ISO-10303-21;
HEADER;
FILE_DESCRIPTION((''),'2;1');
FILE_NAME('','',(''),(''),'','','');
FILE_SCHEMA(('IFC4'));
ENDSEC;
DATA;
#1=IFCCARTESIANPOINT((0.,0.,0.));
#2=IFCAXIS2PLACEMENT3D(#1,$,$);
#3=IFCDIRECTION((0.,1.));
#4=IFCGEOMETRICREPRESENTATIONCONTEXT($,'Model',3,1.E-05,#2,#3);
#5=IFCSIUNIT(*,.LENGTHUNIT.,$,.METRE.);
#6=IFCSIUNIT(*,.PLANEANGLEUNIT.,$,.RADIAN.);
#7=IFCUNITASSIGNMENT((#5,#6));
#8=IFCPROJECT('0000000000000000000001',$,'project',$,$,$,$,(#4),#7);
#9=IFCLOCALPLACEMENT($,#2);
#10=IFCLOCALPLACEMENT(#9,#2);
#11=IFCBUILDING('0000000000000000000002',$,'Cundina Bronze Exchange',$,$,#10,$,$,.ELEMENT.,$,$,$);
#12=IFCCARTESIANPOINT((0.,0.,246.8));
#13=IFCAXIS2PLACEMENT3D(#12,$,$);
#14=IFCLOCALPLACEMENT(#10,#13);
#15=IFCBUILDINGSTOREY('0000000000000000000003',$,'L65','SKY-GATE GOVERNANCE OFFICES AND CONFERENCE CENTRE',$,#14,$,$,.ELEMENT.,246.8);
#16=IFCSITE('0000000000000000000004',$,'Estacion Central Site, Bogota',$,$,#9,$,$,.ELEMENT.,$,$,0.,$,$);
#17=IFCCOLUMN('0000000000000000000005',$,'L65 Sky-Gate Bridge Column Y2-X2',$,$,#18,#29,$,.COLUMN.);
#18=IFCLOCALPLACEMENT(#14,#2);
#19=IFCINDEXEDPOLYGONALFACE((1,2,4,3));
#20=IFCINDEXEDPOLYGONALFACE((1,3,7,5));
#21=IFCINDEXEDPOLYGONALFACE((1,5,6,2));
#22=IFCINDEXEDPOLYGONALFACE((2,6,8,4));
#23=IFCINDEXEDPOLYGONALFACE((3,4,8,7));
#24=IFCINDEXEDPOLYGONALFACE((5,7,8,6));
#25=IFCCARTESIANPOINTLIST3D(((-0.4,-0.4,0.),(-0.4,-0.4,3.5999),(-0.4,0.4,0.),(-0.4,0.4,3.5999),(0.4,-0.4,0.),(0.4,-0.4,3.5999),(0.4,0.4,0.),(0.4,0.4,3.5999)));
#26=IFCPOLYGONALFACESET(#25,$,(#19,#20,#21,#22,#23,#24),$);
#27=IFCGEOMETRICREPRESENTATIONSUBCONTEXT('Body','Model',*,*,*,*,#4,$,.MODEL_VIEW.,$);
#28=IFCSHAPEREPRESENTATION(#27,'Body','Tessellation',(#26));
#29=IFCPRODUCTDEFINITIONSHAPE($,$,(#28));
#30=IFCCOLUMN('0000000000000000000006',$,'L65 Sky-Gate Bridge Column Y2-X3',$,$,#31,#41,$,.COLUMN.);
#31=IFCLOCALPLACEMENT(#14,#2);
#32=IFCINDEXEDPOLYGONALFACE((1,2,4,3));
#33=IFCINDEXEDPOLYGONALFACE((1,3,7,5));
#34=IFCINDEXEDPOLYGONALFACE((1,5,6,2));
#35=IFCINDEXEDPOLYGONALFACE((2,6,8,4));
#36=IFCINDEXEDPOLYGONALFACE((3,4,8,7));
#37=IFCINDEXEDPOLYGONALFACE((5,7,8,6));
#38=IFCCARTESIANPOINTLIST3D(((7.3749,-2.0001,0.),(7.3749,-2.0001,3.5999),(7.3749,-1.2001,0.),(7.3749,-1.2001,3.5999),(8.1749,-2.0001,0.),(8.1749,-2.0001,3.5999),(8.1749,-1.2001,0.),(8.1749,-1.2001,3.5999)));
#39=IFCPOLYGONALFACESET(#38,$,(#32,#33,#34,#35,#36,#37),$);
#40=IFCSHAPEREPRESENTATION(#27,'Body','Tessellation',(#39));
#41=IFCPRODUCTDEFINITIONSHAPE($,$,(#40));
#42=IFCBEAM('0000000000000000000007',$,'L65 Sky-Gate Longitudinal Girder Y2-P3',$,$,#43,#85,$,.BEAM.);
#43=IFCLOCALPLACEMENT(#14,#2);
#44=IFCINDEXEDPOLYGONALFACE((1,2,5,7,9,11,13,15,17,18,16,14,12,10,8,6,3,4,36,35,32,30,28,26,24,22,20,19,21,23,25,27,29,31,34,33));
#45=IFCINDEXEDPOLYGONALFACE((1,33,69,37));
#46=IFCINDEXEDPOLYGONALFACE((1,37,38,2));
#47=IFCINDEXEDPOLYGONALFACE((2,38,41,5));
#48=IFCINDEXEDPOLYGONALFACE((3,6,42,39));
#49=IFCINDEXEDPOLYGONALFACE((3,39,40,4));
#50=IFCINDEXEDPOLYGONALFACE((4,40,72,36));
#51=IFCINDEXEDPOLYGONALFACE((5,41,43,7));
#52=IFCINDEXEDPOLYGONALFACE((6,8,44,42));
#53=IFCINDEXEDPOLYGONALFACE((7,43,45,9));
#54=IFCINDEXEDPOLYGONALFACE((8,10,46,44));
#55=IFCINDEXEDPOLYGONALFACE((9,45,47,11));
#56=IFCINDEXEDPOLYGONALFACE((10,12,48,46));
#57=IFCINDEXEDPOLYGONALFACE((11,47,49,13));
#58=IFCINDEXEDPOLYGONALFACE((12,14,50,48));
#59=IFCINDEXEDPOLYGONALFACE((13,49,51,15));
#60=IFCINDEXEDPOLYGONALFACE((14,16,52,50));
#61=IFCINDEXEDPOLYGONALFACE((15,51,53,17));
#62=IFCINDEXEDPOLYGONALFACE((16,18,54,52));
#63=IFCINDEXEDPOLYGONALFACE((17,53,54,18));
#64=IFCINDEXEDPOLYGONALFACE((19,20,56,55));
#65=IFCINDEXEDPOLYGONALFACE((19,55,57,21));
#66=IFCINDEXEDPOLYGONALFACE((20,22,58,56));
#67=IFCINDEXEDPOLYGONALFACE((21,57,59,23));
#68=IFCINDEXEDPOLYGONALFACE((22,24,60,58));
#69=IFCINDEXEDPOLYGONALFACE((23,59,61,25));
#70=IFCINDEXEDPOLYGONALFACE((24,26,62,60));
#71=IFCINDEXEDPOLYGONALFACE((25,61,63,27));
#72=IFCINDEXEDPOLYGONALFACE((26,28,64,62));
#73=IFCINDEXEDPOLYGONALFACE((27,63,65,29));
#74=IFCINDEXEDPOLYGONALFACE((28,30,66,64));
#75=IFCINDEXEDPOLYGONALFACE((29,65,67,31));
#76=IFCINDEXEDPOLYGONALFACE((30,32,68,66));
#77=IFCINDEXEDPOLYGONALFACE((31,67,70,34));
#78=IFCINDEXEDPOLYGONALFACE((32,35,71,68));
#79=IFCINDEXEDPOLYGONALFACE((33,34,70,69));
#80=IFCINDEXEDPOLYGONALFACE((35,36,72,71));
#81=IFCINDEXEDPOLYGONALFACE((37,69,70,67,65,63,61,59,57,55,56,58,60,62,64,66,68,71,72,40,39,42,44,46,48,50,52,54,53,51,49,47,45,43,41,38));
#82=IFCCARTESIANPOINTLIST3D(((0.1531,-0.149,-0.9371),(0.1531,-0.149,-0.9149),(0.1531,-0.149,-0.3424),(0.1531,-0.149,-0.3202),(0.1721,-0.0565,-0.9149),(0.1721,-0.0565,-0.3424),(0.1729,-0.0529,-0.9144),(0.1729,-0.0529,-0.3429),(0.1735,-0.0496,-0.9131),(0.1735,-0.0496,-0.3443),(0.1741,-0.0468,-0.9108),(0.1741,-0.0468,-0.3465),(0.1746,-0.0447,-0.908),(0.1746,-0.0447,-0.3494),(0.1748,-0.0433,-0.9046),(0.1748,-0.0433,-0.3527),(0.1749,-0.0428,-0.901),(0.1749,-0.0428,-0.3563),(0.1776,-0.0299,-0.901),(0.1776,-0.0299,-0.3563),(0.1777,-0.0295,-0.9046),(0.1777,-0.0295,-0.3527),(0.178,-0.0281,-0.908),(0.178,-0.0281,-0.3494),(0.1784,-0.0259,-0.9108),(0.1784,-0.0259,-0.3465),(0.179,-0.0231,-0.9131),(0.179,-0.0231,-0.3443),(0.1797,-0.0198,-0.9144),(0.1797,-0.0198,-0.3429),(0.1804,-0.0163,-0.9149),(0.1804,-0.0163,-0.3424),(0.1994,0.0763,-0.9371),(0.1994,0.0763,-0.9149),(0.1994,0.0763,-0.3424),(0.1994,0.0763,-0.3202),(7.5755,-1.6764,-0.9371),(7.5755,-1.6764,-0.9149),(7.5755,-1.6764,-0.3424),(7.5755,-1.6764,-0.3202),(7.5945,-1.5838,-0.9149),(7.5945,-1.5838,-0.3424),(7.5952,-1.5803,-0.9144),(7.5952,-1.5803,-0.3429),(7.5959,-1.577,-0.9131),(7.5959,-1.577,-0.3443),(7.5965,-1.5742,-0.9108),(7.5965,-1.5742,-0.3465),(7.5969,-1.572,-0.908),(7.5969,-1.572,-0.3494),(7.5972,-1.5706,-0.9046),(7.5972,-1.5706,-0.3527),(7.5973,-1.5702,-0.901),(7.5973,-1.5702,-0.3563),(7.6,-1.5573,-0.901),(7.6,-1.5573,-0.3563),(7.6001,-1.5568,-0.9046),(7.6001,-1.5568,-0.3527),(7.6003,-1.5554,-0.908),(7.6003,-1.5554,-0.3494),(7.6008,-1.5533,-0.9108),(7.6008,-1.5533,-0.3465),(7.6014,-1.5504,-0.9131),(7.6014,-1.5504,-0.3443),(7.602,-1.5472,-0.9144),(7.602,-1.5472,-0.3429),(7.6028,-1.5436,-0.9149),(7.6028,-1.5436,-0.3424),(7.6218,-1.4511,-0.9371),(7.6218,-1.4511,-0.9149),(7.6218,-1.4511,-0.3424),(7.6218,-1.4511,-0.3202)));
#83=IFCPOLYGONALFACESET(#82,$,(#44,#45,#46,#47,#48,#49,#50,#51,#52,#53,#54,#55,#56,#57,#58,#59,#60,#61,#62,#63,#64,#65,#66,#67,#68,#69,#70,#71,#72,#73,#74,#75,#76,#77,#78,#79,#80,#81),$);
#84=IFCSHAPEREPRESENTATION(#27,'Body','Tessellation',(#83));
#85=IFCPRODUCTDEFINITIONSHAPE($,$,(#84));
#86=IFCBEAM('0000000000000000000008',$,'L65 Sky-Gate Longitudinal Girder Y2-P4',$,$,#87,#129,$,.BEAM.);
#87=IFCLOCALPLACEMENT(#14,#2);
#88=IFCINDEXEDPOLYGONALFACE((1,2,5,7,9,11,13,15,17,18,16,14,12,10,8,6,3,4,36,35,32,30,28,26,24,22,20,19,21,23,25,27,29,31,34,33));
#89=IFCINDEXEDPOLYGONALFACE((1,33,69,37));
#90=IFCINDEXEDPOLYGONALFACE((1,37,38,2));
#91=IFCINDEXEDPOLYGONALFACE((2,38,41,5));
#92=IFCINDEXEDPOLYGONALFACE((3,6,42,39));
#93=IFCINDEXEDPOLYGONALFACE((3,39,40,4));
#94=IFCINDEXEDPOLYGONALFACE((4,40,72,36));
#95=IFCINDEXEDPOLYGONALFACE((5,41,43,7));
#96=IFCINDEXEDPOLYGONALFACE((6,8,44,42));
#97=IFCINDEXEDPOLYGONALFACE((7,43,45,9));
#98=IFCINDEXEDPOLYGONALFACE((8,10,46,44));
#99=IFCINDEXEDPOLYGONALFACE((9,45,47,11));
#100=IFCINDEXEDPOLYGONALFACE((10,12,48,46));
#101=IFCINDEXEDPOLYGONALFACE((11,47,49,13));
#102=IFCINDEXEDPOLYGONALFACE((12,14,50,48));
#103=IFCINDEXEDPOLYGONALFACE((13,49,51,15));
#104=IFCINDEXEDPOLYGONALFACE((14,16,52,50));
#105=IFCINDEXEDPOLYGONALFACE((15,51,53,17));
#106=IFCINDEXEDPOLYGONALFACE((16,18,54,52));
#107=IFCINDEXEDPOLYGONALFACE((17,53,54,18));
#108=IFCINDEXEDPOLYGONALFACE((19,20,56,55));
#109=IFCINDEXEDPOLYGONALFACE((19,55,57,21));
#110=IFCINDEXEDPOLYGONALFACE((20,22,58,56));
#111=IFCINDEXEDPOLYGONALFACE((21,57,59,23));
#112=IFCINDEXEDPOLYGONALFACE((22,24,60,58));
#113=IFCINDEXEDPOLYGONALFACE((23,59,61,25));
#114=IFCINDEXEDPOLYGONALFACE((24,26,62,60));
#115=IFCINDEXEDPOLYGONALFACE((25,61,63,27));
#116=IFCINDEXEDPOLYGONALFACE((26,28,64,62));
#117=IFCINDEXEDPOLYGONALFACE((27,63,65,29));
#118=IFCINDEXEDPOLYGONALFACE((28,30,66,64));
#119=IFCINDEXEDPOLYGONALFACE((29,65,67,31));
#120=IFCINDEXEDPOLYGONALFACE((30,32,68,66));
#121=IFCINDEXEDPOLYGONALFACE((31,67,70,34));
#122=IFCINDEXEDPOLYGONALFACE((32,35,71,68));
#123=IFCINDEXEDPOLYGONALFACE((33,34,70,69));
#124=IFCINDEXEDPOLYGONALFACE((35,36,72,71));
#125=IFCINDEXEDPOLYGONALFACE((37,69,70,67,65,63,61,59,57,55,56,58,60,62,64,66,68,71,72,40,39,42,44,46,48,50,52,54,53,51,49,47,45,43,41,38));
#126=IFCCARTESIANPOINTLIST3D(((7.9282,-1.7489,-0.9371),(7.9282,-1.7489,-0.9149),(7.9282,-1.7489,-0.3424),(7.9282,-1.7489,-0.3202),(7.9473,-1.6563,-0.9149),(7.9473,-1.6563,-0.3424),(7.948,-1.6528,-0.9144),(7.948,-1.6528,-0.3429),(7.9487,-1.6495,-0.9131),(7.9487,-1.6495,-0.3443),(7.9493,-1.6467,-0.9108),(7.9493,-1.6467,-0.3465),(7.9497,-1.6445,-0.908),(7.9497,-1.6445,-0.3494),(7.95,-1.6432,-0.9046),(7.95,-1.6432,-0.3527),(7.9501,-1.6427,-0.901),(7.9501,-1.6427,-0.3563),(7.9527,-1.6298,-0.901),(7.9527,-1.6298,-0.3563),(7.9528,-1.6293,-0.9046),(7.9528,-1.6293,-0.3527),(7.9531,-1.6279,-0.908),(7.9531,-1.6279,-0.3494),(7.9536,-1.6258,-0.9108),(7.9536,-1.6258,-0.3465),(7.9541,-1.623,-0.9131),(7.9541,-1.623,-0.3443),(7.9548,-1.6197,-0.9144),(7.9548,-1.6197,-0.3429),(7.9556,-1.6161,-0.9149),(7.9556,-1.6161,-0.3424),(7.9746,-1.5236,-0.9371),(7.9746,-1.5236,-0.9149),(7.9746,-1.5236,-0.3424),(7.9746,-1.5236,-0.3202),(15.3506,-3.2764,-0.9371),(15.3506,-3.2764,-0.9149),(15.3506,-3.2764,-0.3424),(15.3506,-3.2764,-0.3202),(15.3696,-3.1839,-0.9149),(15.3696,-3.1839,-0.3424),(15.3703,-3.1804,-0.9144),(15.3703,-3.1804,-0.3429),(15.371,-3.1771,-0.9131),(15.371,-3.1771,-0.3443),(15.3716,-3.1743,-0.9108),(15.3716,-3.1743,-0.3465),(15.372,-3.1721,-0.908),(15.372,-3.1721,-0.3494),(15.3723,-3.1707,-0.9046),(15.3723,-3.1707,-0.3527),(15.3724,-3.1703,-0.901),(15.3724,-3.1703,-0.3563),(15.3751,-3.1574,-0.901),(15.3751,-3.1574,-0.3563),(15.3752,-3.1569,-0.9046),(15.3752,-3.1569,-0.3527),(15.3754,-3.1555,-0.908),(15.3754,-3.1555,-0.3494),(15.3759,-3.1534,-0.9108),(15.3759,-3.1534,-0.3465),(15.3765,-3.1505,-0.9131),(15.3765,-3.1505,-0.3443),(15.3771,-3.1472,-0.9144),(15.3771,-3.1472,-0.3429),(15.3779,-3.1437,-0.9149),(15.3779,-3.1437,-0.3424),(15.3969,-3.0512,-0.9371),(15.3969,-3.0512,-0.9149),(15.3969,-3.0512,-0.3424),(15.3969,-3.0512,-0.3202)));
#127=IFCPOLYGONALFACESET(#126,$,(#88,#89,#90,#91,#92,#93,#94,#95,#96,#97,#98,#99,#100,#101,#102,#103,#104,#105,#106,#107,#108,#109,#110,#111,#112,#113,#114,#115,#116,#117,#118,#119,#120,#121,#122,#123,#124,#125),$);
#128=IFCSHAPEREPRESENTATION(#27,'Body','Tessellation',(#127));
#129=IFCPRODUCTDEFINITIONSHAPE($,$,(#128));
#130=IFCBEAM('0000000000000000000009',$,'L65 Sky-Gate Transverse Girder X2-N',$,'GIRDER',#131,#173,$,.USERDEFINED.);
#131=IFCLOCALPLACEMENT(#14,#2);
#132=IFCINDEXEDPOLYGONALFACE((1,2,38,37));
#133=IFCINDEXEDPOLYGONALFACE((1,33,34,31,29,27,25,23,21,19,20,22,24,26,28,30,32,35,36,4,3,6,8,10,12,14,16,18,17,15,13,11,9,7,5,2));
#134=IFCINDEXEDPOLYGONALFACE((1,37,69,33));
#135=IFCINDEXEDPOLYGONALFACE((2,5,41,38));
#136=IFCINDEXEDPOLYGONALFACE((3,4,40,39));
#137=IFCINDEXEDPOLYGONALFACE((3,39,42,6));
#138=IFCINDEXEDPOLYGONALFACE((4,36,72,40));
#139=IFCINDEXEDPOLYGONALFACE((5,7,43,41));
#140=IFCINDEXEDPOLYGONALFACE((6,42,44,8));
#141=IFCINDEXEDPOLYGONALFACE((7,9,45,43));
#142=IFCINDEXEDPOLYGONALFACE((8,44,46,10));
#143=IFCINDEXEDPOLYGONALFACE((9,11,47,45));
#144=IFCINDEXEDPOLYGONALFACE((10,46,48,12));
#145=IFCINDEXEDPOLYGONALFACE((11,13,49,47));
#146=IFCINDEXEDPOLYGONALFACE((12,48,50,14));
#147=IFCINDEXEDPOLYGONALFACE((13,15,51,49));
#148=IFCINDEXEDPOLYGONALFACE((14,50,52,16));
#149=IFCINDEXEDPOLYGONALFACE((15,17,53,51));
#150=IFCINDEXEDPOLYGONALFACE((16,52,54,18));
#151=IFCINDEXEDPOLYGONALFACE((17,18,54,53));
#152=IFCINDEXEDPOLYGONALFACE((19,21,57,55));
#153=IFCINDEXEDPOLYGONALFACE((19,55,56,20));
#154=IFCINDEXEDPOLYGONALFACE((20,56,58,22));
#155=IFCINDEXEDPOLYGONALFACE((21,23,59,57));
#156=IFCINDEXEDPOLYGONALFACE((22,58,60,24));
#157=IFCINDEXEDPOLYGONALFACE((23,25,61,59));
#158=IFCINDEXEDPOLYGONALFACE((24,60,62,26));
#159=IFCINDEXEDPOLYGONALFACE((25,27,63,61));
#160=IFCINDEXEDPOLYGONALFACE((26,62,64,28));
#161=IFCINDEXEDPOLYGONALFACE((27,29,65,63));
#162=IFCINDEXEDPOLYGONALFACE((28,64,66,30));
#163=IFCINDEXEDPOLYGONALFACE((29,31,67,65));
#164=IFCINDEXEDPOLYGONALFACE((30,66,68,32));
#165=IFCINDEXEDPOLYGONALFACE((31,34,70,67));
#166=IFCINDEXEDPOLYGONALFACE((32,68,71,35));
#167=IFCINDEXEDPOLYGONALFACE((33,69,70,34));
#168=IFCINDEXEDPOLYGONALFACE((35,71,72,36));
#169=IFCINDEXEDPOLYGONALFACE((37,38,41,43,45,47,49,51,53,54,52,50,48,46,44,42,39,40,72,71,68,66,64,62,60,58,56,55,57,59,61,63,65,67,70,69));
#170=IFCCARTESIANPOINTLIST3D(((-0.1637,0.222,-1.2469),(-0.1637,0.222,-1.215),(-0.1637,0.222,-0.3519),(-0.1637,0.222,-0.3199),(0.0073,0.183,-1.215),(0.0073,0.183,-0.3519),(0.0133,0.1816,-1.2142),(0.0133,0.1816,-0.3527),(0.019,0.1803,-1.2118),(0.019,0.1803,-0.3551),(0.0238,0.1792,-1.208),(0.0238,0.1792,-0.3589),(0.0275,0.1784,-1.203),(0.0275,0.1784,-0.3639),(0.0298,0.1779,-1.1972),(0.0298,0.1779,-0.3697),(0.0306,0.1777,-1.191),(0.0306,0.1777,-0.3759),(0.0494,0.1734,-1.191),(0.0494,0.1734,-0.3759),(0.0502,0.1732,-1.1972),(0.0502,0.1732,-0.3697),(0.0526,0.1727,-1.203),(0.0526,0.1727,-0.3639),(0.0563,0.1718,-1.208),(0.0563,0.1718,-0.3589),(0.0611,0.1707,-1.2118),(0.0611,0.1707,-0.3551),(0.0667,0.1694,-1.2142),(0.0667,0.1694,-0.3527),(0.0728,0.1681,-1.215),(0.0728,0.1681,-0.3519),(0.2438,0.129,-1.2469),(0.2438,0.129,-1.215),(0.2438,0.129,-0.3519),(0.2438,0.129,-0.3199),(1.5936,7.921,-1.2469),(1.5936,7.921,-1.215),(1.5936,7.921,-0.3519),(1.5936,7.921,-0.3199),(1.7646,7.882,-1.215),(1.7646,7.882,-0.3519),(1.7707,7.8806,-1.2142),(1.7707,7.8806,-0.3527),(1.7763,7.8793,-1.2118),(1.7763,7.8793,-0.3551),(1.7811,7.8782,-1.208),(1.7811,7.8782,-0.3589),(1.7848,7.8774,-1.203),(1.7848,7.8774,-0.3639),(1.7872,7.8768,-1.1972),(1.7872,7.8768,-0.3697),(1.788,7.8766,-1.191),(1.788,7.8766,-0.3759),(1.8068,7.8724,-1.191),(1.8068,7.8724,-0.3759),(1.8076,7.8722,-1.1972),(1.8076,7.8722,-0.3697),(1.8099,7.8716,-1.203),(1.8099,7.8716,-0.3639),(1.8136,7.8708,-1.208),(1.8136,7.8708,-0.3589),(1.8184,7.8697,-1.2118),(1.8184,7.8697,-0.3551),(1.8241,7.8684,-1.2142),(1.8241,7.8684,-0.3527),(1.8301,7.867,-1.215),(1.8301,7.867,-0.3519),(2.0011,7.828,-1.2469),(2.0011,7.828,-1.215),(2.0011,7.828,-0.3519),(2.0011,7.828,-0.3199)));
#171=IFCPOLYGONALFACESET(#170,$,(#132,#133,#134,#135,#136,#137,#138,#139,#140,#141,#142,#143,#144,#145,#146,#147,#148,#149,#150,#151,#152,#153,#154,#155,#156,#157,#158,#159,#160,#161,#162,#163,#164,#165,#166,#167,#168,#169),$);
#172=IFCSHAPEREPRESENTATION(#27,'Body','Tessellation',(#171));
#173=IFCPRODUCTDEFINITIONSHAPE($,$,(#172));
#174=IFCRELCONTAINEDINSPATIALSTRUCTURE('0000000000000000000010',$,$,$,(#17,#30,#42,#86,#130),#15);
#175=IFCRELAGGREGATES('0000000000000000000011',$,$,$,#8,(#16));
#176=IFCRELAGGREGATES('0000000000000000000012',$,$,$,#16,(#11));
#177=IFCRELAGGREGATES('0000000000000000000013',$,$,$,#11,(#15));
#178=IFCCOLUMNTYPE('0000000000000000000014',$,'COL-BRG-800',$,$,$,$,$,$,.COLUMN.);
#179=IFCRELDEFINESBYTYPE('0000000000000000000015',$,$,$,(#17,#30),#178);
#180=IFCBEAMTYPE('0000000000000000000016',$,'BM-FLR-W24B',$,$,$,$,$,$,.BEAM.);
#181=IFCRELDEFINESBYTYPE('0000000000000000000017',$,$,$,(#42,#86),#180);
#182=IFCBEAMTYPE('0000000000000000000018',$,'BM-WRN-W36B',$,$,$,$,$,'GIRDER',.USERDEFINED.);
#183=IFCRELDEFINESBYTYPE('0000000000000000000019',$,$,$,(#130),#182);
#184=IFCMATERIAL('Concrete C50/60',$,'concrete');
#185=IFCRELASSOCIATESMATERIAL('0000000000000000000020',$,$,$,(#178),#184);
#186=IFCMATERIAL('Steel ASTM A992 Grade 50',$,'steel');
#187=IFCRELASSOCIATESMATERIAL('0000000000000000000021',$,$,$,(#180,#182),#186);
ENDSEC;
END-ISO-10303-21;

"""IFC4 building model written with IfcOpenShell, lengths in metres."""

from ifc_helpers import new_model, si_unit, direction, frame, origin, origin_2d, place, context, subcontext, project, spatial, rectangle, i_section, extrude, material, material_profile, profile_set, type_object, element, save


model = new_model("IFC4")

# Units and contexts
model_context = context("Model", 3, precision=1e-05, world=origin(), true_north=direction((0.0, 1.0)))
body_context = subcontext(model_context, "Body", "Model", "MODEL_VIEW")
ifc_project = project(units=[si_unit("LENGTHUNIT", "METRE"), si_unit("PLANEANGLEUNIT", "RADIAN")], contexts=[model_context])

# Site, building, storey
site_placement = place(None, origin())
site = spatial("IfcSite", under=ifc_project, at=site_placement, Name="Estacion Central Site, Bogota", CompositionType="ELEMENT", RefElevation=0.0)
building_placement = place(site_placement, origin())
building = spatial("IfcBuilding", under=site, at=building_placement, Name="Cundina Bronze Exchange", CompositionType="ELEMENT")
storey_placement = place(building_placement, frame((0.0, 0.0, 246.8)))
storey = spatial("IfcBuildingStorey", under=building, at=storey_placement, Name="L65", Description="SKY-GATE GOVERNANCE OFFICES AND CONFERENCE CENTRE", CompositionType="ELEMENT", Elevation=246.8)

# Columns
ifc_material_1 = material(Name="Concrete C50/60", Category="concrete")
ifc_material_profile_1 = material_profile(ifc_material_1, rectangle(XDim=0.8, YDim=0.8, at=origin_2d()), Name="RC800X800", Category="concrete")
ifc_profile_set_1 = profile_set([ifc_material_profile_1], Name="Concrete C50/60")
column_type = type_object("IfcColumnType", Name="COL-BRG-800", PredefinedType="COLUMN", material=ifc_profile_set_1)
for number, where, z_axis, x_axis, name in (
    (1, (0.0, 0.0, 0.0), (0.0, 0.0, 1.0), (1.0, 0.0, 0.0), "L65 Sky-Gate Bridge Column Y2-X2"),
    (2, (7.7749, -1.6001, 0.0), (0.0, 0.0, 1.0), (1.0, 0.0, 0.0), "L65 Sky-Gate Bridge Column Y2-X3"),
):
    element("IfcColumn", number, at=place(storey_placement, frame(where, z_axis=z_axis, x_axis=x_axis)), inside=storey, type_object=column_type, Name=name, PredefinedType="COLUMN", context=body_context, shape_type="SweptSolid", body=[
        extrude(rectangle(XDim=0.8, YDim=0.8, at=origin_2d()), origin(), (0.0, 0.0, 1.0), 3.5999),
    ])

# Beams
ifc_material_2 = material(Name="Steel ASTM A992 Grade 50", Category="steel")
ifc_material_profile_2 = material_profile(ifc_material_2, i_section(OverallWidth=0.23, OverallDepth=0.6169, WebThickness=0.0132, FlangeThickness=0.0222, FilletRadius=0.0139, at=origin_2d()), Name="W24X94", Category="steel")
ifc_profile_set_2 = profile_set([ifc_material_profile_2], Name="Steel ASTM A992 Grade 50")
beam_type_1 = type_object("IfcBeamType", Name="BM-FLR-W24B", PredefinedType="BEAM", material=ifc_profile_set_2)
for number, where, z_axis, x_axis, name in (
    (3, (0.1763, -0.0364, -0.6287), (0.979478, -0.201553, 0.0), (0.201553, 0.979478, 0.0), "L65 Sky-Gate Longitudinal Girder Y2-P3"),
    (4, (7.9514, -1.6362, -0.6287), (0.979471, -0.201584, 0.0), (0.201584, 0.979471, 0.0), "L65 Sky-Gate Longitudinal Girder Y2-P4"),
):
    element("IfcBeam", number, at=place(storey_placement, frame(where, z_axis=z_axis, x_axis=x_axis)), inside=storey, type_object=beam_type_1, Name=name, PredefinedType="BEAM", context=body_context, shape_type="SweptSolid", body=[
        extrude(i_section(OverallWidth=0.23, OverallDepth=0.6169, WebThickness=0.0132, FlangeThickness=0.0222, FilletRadius=0.0139, at=origin_2d()), origin(), (0.0, 0.0, 1.0), 7.5779),
    ])
ifc_material_profile_3 = material_profile(ifc_material_2, i_section(OverallWidth=0.418, OverallDepth=0.927, WebThickness=0.0193, FlangeThickness=0.032, FilletRadius=0.0239, at=origin_2d()), Name="W36X231", Category="steel")
ifc_profile_set_3 = profile_set([ifc_material_profile_3], Name="Steel ASTM A992 Grade 50")
beam_type_2 = type_object("IfcBeamType", Name="BM-WRN-W36B", ElementType="GIRDER", PredefinedType="USERDEFINED", material=ifc_profile_set_3)
beam_1_placement = place(storey_placement, frame((0.04, 0.1755, -0.7834), z_axis=(0.222531, 0.974926, 0.0), x_axis=(-0.974926, 0.222531, 0.0)))
element("IfcBeam", 5, at=beam_1_placement, inside=storey, type_object=beam_type_2, Name="L65 Sky-Gate Transverse Girder X2-N", ObjectType="GIRDER", PredefinedType="USERDEFINED", context=body_context, shape_type="SweptSolid", body=[
    extrude(i_section(OverallWidth=0.418, OverallDepth=0.927, WebThickness=0.0193, FlangeThickness=0.032, FilletRadius=0.0239, at=origin_2d()), origin(), (0.0, 0.0, 1.0), 7.897),
])

save(model, "model.ifc")
